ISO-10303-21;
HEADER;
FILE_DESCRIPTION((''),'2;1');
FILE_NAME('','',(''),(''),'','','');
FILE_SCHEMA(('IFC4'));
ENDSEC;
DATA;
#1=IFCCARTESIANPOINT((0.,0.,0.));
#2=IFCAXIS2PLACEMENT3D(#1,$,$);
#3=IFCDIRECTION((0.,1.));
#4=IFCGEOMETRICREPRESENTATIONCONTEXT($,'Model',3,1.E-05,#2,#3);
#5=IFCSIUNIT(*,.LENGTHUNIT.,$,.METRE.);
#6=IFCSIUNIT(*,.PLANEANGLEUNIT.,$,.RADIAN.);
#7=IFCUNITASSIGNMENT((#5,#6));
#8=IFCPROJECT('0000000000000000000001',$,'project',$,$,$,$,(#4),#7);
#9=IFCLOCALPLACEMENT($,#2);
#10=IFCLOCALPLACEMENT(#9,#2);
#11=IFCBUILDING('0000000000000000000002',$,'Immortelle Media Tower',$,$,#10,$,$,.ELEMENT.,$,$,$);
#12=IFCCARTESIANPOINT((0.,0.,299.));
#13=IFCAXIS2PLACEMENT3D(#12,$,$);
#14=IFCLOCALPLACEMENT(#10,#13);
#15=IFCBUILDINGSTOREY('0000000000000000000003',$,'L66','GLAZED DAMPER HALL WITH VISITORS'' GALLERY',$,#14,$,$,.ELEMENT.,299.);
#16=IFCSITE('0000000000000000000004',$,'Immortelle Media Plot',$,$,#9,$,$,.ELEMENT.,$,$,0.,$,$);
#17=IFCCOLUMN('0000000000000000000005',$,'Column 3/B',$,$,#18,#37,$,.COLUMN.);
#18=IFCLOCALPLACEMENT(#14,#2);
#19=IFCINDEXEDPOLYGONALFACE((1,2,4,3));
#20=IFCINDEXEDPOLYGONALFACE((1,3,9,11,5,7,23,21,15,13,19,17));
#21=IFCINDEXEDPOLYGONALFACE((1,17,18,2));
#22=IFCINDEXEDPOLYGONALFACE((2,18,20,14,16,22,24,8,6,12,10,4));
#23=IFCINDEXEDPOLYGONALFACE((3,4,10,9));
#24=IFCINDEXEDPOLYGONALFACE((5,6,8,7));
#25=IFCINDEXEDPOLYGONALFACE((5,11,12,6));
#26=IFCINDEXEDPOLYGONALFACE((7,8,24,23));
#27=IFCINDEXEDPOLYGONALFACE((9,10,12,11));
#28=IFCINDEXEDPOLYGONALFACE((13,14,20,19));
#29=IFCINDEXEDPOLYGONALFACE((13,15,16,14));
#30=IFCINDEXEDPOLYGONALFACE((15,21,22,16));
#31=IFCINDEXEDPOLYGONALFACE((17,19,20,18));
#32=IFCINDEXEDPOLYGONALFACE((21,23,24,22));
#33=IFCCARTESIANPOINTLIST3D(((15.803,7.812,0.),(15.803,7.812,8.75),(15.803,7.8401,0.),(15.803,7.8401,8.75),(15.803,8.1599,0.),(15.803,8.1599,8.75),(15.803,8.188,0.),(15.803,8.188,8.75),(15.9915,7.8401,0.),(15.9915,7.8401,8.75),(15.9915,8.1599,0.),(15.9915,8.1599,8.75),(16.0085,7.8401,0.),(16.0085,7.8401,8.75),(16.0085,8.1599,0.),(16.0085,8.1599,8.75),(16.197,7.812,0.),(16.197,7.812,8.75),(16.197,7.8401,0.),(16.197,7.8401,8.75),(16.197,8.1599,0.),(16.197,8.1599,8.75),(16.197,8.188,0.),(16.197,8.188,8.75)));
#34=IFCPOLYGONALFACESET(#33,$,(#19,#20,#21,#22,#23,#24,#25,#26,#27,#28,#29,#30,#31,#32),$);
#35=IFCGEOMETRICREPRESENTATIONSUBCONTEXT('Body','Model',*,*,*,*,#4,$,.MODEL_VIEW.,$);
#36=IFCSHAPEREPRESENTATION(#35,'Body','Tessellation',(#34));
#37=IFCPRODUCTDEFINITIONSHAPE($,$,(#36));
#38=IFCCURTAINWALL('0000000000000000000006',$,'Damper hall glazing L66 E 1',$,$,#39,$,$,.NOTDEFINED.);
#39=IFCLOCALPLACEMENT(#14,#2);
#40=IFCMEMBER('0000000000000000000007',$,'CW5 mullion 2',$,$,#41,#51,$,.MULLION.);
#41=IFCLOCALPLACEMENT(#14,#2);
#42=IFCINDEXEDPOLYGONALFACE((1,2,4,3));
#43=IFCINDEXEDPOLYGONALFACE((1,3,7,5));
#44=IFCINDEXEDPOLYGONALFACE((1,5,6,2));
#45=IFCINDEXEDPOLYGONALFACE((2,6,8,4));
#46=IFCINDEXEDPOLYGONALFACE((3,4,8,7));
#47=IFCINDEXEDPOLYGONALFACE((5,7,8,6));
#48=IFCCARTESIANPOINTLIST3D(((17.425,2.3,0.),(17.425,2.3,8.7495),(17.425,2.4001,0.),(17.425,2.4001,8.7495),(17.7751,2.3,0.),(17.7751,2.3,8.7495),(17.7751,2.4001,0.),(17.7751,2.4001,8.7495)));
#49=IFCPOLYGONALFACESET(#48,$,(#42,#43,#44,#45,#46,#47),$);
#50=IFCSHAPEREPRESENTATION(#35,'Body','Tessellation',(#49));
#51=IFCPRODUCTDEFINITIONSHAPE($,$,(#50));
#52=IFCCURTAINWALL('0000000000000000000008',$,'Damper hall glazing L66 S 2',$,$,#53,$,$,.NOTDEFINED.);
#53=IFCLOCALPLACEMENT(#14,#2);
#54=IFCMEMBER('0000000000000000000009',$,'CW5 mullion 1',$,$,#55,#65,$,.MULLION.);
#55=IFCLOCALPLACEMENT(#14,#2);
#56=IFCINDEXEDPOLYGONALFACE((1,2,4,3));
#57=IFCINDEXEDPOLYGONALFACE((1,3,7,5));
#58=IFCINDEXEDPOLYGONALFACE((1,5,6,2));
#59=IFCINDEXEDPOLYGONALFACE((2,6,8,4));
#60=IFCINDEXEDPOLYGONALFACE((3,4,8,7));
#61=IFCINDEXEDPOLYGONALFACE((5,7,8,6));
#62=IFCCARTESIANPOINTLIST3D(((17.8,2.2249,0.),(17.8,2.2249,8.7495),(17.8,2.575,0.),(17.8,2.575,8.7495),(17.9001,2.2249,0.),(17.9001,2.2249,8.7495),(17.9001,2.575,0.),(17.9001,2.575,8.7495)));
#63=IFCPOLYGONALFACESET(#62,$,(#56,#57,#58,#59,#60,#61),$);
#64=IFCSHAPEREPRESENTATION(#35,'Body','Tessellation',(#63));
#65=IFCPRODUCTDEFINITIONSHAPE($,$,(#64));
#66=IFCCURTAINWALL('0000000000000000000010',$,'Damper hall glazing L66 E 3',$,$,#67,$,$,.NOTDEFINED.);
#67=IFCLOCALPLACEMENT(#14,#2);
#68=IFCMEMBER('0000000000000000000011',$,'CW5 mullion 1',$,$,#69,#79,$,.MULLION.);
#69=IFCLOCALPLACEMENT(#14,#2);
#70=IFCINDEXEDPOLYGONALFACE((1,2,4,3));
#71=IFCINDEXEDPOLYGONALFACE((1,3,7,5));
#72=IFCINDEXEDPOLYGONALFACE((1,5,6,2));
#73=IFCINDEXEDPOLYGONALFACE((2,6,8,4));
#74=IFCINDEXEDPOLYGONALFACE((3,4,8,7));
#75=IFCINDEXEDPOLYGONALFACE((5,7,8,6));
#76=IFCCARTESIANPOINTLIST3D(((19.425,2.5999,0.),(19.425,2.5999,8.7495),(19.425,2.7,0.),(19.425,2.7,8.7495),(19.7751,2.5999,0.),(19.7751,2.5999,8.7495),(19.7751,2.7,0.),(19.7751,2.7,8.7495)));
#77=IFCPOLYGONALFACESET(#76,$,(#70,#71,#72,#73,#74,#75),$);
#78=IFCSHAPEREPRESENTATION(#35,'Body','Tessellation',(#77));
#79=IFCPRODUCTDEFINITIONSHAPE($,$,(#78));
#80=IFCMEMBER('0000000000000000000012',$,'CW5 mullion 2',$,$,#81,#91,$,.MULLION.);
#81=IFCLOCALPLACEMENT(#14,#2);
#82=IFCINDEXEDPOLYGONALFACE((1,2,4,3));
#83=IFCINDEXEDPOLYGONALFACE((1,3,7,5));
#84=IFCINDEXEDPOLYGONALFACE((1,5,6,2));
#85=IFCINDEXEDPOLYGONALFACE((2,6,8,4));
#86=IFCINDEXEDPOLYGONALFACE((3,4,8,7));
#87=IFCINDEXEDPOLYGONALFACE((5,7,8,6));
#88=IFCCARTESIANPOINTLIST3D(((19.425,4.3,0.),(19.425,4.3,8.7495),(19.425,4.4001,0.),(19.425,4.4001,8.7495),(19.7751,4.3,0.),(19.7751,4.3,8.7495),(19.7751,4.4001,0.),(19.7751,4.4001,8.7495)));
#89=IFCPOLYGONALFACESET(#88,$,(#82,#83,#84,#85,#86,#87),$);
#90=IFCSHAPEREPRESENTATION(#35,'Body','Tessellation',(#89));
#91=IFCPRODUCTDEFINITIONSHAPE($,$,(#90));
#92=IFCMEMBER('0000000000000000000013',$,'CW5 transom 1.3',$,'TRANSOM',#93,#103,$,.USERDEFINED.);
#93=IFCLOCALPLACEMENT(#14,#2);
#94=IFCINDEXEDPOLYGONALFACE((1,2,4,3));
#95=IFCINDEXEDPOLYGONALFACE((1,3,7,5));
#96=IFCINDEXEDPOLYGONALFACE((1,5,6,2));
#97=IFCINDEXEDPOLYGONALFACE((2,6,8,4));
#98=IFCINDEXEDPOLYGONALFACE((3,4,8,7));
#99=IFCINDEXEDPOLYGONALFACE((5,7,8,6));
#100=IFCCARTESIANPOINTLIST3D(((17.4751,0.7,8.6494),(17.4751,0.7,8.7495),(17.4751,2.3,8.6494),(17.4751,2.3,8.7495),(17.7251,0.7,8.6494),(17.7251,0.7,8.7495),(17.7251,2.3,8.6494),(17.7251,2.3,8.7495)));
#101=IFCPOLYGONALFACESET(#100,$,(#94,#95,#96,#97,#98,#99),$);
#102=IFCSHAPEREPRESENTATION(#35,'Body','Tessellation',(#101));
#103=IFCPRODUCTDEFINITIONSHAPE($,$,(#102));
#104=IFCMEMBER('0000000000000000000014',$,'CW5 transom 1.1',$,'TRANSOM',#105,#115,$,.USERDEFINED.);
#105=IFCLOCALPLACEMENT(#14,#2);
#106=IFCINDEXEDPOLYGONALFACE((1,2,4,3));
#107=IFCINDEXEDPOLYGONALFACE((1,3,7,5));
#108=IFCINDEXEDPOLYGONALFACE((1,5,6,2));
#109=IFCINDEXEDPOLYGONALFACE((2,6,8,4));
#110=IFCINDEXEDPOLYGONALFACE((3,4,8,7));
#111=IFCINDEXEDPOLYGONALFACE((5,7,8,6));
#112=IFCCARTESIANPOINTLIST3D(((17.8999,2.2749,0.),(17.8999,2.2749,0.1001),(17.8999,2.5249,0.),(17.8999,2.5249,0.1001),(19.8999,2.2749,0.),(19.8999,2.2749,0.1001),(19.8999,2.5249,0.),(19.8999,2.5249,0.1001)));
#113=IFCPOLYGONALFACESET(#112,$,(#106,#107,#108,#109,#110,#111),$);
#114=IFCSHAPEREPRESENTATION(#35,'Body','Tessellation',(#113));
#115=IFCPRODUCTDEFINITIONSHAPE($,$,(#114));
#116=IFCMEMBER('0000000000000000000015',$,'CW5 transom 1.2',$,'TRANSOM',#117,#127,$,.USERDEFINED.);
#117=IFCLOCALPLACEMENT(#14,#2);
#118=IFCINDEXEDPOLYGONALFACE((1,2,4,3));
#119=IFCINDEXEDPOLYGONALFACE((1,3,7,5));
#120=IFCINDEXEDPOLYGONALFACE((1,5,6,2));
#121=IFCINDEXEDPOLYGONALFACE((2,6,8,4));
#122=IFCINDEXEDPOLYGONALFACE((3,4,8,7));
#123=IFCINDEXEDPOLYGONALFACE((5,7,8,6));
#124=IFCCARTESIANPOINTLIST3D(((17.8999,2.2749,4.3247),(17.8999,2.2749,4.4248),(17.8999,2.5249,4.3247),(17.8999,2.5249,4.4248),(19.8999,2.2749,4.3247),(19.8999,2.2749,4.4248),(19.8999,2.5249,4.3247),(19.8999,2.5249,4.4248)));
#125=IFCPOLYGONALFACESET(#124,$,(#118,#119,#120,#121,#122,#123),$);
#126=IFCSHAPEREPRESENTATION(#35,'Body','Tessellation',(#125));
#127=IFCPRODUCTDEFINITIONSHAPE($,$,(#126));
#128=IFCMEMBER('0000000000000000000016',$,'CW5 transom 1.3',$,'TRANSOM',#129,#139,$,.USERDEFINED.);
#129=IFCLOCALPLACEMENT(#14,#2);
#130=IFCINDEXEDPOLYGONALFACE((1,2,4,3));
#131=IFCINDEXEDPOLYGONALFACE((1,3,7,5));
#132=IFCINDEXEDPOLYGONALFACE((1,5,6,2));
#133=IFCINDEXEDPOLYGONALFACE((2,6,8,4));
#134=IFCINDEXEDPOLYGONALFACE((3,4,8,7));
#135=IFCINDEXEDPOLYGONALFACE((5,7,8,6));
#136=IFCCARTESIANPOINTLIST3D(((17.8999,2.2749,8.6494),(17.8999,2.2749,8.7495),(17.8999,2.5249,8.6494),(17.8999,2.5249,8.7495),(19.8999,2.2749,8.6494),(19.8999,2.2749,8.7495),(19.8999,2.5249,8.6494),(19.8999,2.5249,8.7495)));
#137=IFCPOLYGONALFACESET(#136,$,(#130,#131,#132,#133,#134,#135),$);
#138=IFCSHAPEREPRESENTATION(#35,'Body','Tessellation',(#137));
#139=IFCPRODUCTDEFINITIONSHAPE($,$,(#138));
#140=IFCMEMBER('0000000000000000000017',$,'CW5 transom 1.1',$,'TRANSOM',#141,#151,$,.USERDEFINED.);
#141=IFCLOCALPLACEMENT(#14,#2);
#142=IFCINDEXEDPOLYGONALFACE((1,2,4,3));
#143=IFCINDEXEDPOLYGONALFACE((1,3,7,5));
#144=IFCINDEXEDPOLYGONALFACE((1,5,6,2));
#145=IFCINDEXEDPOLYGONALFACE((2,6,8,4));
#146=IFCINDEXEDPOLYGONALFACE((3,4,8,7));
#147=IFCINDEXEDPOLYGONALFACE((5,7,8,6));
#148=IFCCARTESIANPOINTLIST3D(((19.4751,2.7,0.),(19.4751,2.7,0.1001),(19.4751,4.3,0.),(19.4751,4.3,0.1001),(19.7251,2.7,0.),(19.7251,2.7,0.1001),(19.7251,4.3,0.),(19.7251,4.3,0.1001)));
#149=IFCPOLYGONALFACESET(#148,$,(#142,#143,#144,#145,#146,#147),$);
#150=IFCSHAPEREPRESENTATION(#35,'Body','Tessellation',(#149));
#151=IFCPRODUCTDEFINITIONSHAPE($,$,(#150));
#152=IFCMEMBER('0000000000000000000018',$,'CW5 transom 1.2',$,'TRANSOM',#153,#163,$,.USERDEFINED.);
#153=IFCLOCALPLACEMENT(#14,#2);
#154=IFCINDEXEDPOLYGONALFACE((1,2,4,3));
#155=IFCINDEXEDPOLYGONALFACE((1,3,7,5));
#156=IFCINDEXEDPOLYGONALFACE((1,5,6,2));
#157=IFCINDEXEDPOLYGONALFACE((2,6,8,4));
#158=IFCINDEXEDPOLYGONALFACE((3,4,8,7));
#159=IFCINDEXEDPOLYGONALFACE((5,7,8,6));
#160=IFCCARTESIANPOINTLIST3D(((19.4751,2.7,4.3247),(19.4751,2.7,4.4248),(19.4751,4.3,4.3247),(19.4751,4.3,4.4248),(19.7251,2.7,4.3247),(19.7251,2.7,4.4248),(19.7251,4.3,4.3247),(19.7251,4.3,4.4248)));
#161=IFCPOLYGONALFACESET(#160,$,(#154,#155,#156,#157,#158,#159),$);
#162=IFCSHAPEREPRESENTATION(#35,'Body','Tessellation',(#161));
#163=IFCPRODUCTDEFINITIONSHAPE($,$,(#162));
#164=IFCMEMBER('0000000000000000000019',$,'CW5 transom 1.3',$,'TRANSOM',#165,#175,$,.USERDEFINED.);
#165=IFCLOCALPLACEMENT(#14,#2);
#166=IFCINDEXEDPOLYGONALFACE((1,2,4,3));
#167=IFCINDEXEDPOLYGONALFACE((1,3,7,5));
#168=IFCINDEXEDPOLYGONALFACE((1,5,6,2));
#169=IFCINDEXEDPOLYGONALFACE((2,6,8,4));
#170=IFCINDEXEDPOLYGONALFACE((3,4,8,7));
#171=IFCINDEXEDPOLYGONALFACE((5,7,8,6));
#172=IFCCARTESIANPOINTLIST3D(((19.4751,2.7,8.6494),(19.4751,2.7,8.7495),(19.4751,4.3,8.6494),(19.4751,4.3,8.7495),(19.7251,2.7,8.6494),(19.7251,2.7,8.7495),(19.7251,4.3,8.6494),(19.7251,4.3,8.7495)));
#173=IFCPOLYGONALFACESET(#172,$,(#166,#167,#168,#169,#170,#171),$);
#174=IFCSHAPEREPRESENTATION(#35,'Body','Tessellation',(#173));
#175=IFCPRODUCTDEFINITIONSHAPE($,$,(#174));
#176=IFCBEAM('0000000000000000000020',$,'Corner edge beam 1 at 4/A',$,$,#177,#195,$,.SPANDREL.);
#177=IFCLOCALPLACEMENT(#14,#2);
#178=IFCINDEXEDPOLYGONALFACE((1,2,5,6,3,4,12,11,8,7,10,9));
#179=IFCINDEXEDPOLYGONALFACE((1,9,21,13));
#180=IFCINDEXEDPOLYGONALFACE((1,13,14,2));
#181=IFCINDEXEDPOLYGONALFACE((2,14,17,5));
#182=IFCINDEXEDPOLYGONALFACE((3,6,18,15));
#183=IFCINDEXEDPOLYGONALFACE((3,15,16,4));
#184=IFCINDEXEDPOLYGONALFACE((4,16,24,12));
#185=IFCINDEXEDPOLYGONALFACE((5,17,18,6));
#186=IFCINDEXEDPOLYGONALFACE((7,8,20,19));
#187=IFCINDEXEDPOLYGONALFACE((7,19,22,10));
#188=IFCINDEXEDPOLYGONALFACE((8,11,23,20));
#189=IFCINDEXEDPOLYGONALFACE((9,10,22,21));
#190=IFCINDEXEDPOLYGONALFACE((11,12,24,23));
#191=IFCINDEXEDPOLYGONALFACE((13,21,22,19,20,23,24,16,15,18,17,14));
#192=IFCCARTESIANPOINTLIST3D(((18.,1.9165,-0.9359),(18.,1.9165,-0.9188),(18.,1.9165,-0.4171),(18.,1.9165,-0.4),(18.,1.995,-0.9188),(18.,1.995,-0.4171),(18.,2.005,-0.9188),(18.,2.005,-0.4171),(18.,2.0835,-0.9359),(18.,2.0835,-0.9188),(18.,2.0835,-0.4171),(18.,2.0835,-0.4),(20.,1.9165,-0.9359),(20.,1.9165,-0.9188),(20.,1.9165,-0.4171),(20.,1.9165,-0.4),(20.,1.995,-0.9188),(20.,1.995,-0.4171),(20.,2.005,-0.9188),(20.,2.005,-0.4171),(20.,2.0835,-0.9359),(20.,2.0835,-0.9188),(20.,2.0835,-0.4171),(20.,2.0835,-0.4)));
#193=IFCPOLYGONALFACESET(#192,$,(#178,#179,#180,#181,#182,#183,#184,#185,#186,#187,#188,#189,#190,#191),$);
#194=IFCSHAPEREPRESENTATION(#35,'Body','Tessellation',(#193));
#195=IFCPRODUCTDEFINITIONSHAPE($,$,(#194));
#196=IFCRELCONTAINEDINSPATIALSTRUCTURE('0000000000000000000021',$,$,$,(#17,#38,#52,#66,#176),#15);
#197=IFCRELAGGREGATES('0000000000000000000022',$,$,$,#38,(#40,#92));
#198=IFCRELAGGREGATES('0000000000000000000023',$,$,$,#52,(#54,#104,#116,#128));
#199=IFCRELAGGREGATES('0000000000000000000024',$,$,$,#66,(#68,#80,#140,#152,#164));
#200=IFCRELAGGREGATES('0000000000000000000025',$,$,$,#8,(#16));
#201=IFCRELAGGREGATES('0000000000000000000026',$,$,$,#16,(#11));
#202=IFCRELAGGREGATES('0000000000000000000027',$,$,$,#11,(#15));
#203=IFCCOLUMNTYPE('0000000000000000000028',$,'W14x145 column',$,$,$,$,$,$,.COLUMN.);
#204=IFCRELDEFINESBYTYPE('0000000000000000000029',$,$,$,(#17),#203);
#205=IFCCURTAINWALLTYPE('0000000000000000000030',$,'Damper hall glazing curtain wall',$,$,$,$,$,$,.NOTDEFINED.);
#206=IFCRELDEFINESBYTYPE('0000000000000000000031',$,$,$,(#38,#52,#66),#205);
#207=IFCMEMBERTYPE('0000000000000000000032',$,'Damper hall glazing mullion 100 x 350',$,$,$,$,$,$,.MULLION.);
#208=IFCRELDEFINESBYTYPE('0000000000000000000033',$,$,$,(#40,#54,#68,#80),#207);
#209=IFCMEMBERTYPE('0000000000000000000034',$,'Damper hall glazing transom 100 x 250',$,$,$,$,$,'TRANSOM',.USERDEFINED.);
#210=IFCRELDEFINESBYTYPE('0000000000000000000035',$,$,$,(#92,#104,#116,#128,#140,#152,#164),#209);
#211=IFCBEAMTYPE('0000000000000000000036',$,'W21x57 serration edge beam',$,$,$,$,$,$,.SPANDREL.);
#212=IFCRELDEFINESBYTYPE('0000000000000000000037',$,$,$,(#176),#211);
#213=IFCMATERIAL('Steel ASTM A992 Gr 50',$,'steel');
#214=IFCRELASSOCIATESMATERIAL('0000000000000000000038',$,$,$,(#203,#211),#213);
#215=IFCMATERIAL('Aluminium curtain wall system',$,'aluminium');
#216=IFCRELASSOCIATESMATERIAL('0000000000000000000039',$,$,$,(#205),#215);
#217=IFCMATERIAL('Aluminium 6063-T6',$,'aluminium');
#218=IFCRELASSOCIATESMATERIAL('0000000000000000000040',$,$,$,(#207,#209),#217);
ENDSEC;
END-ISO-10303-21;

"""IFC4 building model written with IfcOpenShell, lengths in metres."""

from ifc_helpers import new_model, si_unit, direction, frame, origin, origin_2d, place, context, subcontext, project, spatial, rectangle, i_section, extrude, material, material_profile, profile_set, type_object, element, aggregate, save


model = new_model("IFC4")

# Units and contexts
model_context = context("Model", 3, precision=1e-05, world=origin(), true_north=direction((0.0, 1.0)))
body_context = subcontext(model_context, "Body", "Model", "MODEL_VIEW")
ifc_project = project(units=[si_unit("LENGTHUNIT", "METRE"), si_unit("PLANEANGLEUNIT", "RADIAN")], contexts=[model_context])

# Site, building, storey
site_placement = place(None, origin())
site = spatial("IfcSite", under=ifc_project, at=site_placement, Name="Immortelle Media Plot", CompositionType="ELEMENT", RefElevation=0.0)
building_placement = place(site_placement, origin())
building = spatial("IfcBuilding", under=site, at=building_placement, Name="Immortelle Media Tower", CompositionType="ELEMENT")
storey_placement = place(building_placement, frame((0.0, 0.0, 299.0)))
storey = spatial("IfcBuildingStorey", under=building, at=storey_placement, Name="L66", Description="GLAZED DAMPER HALL WITH VISITORS' GALLERY", CompositionType="ELEMENT", Elevation=299.0)

# Column
ifc_material_1 = material(Name="Steel ASTM A992 Gr 50", Category="steel")
ifc_material_profile_1 = material_profile(ifc_material_1, i_section(OverallWidth=0.394, OverallDepth=0.376, WebThickness=0.0171, FlangeThickness=0.0281, at=origin_2d()), Name="W14x145")
ifc_profile_set_1 = profile_set([ifc_material_profile_1], Name="Steel ASTM A992 Gr 50")
column_type = type_object("IfcColumnType", Name="W14x145 column", PredefinedType="COLUMN", material=ifc_profile_set_1)
column_placement = place(storey_placement, frame((16.0, 8.0, 0.0), z_axis=(0.0, 0.0, 1.0), x_axis=(1.0, 0.0, 0.0)))
element("IfcColumn", 1, at=column_placement, inside=storey, type_object=column_type, Name="Column 3/B", PredefinedType="COLUMN", context=body_context, shape_type="SweptSolid", body=[
    extrude(i_section(OverallWidth=0.394, OverallDepth=0.376, WebThickness=0.0171, FlangeThickness=0.0281, at=origin_2d()), origin(), (0.0, 0.0, 1.0), 8.75),
])

# Curtain walls, members
ifc_material_2 = material(Name="Aluminium curtain wall system", Category="aluminium")
curtain_wall_type = type_object("IfcCurtainWallType", Name="Damper hall glazing curtain wall", PredefinedType="NOTDEFINED", material=ifc_material_2)
curtain_wall_1_placement = place(storey_placement, origin())
curtain_wall_1 = element("IfcCurtainWall", 2, at=curtain_wall_1_placement, inside=storey, type_object=curtain_wall_type, Name="Damper hall glazing L66 E 1", PredefinedType="NOTDEFINED")
ifc_material_3 = material(Name="Aluminium 6063-T6", Category="aluminium")
ifc_material_profile_2 = material_profile(ifc_material_3, rectangle(XDim=0.3501, YDim=0.1001, at=origin_2d()), Name="AL 100x350")
ifc_profile_set_2 = profile_set([ifc_material_profile_2], Name="Aluminium 6063-T6")
member_type_1 = type_object("IfcMemberType", Name="Damper hall glazing mullion 100 x 350", PredefinedType="MULLION", material=ifc_profile_set_2)
member_1_placement = place(storey_placement, frame((17.6001, 2.3501, 0.0), z_axis=(0.0, 0.0, 1.0), x_axis=(-1.0, 0.0, 0.0)))
member_1 = element("IfcMember", 3, at=member_1_placement, type_object=member_type_1, Name="CW5 mullion 2", PredefinedType="MULLION", context=body_context, shape_type="SweptSolid", body=[
    extrude(rectangle(XDim=0.3501, YDim=0.1001, at=origin_2d()), origin(), (0.0, 0.0, 1.0), 8.7495),
])
curtain_wall_2_placement = place(storey_placement, origin())
curtain_wall_2 = element("IfcCurtainWall", 4, at=curtain_wall_2_placement, inside=storey, type_object=curtain_wall_type, Name="Damper hall glazing L66 S 2", PredefinedType="NOTDEFINED")
member_2_placement = place(storey_placement, frame((17.8501, 2.3999, 0.0), z_axis=(0.0, 0.0, 1.0), x_axis=(0.0, 1.0, 0.0)))
member_2 = element("IfcMember", 5, at=member_2_placement, type_object=member_type_1, Name="CW5 mullion 1", PredefinedType="MULLION", context=body_context, shape_type="SweptSolid", body=[
    extrude(rectangle(XDim=0.3501, YDim=0.1001, at=origin_2d()), origin(), (0.0, 0.0, 1.0), 8.7495),
])

# Curtain wall, members
curtain_wall_3_placement = place(storey_placement, origin())
curtain_wall_3 = element("IfcCurtainWall", 6, at=curtain_wall_3_placement, inside=storey, type_object=curtain_wall_type, Name="Damper hall glazing L66 E 3", PredefinedType="NOTDEFINED")
member_3_placement = place(storey_placement, frame((19.6001, 2.6499, 0.0), z_axis=(0.0, 0.0, 1.0), x_axis=(-1.0, 0.0, 0.0)))
member_3 = element("IfcMember", 7, at=member_3_placement, type_object=member_type_1, Name="CW5 mullion 1", PredefinedType="MULLION", context=body_context, shape_type="SweptSolid", body=[
    extrude(rectangle(XDim=0.3501, YDim=0.1001, at=origin_2d()), origin(), (0.0, 0.0, 1.0), 8.7495),
])
member_4_placement = place(storey_placement, frame((19.6001, 4.3501, 0.0), z_axis=(0.0, 0.0, 1.0), x_axis=(-1.0, 0.0, 0.0)))
member_4 = element("IfcMember", 8, at=member_4_placement, type_object=member_type_1, Name="CW5 mullion 2", PredefinedType="MULLION", context=body_context, shape_type="SweptSolid", body=[
    extrude(rectangle(XDim=0.3501, YDim=0.1001, at=origin_2d()), origin(), (0.0, 0.0, 1.0), 8.7495),
])

# Members
ifc_material_profile_3 = material_profile(ifc_material_3, rectangle(XDim=0.25, YDim=0.1001, at=origin_2d()), Name="AL 100x250")
ifc_profile_set_3 = profile_set([ifc_material_profile_3], Name="Aluminium 6063-T6")
member_type_2 = type_object("IfcMemberType", Name="Damper hall glazing transom 100 x 250", ElementType="TRANSOM", PredefinedType="USERDEFINED", material=ifc_profile_set_3)
member_5_placement = place(storey_placement, frame((17.6001, 0.7, 8.6995), z_axis=(0.0, 1.0, 0.0), x_axis=(-1.0, 0.0, 0.0)))
member_5 = element("IfcMember", 9, at=member_5_placement, type_object=member_type_2, Name="CW5 transom 1.3", ObjectType="TRANSOM", PredefinedType="USERDEFINED", context=body_context, shape_type="SweptSolid", body=[
    extrude(rectangle(XDim=0.25, YDim=0.1001, at=origin_2d()), origin(), (0.0, 0.0, 1.0), 1.6001),
])
member_6_placement = place(storey_placement, frame((17.8999, 2.3999, 0.05), z_axis=(1.0, 0.0, 0.0), x_axis=(0.0, 1.0, 0.0)))
member_6 = element("IfcMember", 10, at=member_6_placement, type_object=member_type_2, Name="CW5 transom 1.1", ObjectType="TRANSOM", PredefinedType="USERDEFINED", context=body_context, shape_type="SweptSolid", body=[
    extrude(rectangle(XDim=0.25, YDim=0.1001, at=origin_2d()), origin(), (0.0, 0.0, 1.0), 2.0),
])
member_7_placement = place(storey_placement, frame((17.8999, 2.3999, 4.3748), z_axis=(1.0, 0.0, 0.0), x_axis=(0.0, 1.0, 0.0)))
member_7 = element("IfcMember", 11, at=member_7_placement, type_object=member_type_2, Name="CW5 transom 1.2", ObjectType="TRANSOM", PredefinedType="USERDEFINED", context=body_context, shape_type="SweptSolid", body=[
    extrude(rectangle(XDim=0.25, YDim=0.1001, at=origin_2d()), origin(), (0.0, 0.0, 1.0), 2.0),
])
member_8_placement = place(storey_placement, frame((17.8999, 2.3999, 8.6995), z_axis=(1.0, 0.0, 0.0), x_axis=(0.0, 1.0, 0.0)))
member_8 = element("IfcMember", 12, at=member_8_placement, type_object=member_type_2, Name="CW5 transom 1.3", ObjectType="TRANSOM", PredefinedType="USERDEFINED", context=body_context, shape_type="SweptSolid", body=[
    extrude(rectangle(XDim=0.25, YDim=0.1001, at=origin_2d()), origin(), (0.0, 0.0, 1.0), 2.0),
])
member_9_placement = place(storey_placement, frame((19.6001, 2.7, 0.05), z_axis=(0.0, 1.0, 0.0), x_axis=(-1.0, 0.0, 0.0)))
member_9 = element("IfcMember", 13, at=member_9_placement, type_object=member_type_2, Name="CW5 transom 1.1", ObjectType="TRANSOM", PredefinedType="USERDEFINED", context=body_context, shape_type="SweptSolid", body=[
    extrude(rectangle(XDim=0.25, YDim=0.1001, at=origin_2d()), origin(), (0.0, 0.0, 1.0), 1.6001),
])
member_10_placement = place(storey_placement, frame((19.6001, 2.7, 4.3748), z_axis=(0.0, 1.0, 0.0), x_axis=(-1.0, 0.0, 0.0)))
member_10 = element("IfcMember", 14, at=member_10_placement, type_object=member_type_2, Name="CW5 transom 1.2", ObjectType="TRANSOM", PredefinedType="USERDEFINED", context=body_context, shape_type="SweptSolid", body=[
    extrude(rectangle(XDim=0.25, YDim=0.1001, at=origin_2d()), origin(), (0.0, 0.0, 1.0), 1.6001),
])
member_11_placement = place(storey_placement, frame((19.6001, 2.7, 8.6995), z_axis=(0.0, 1.0, 0.0), x_axis=(-1.0, 0.0, 0.0)))
member_11 = element("IfcMember", 15, at=member_11_placement, type_object=member_type_2, Name="CW5 transom 1.3", ObjectType="TRANSOM", PredefinedType="USERDEFINED", context=body_context, shape_type="SweptSolid", body=[
    extrude(rectangle(XDim=0.25, YDim=0.1001, at=origin_2d()), origin(), (0.0, 0.0, 1.0), 1.6001),
])

# Beam
ifc_material_profile_4 = material_profile(ifc_material_1, i_section(OverallWidth=0.167, OverallDepth=0.5359, WebThickness=0.01, FlangeThickness=0.0171, at=origin_2d()), Name="W21x57")
ifc_profile_set_4 = profile_set([ifc_material_profile_4], Name="Steel ASTM A992 Gr 50")
beam_type_1 = type_object("IfcBeamType", Name="W21x57 serration edge beam", PredefinedType="SPANDREL", material=ifc_profile_set_4)
beam_placement = place(storey_placement, frame((18.0, 2.0, -0.668), z_axis=(1.0, 0.0, 0.0), x_axis=(0.0, 1.0, 0.0)))
element("IfcBeam", 16, at=beam_placement, inside=storey, type_object=beam_type_1, Name="Corner edge beam 1 at 4/A", PredefinedType="SPANDREL", context=body_context, shape_type="SweptSolid", body=[
    extrude(i_section(OverallWidth=0.167, OverallDepth=0.5359, WebThickness=0.01, FlangeThickness=0.0171, at=origin_2d()), origin(), (0.0, 0.0, 1.0), 2.0),
])

aggregate(curtain_wall_1, [member_1, member_5])
aggregate(curtain_wall_2, [member_2, member_6, member_7, member_8])
aggregate(curtain_wall_3, [member_3, member_4, member_9, member_10, member_11])

save(model, "model.ifc")
